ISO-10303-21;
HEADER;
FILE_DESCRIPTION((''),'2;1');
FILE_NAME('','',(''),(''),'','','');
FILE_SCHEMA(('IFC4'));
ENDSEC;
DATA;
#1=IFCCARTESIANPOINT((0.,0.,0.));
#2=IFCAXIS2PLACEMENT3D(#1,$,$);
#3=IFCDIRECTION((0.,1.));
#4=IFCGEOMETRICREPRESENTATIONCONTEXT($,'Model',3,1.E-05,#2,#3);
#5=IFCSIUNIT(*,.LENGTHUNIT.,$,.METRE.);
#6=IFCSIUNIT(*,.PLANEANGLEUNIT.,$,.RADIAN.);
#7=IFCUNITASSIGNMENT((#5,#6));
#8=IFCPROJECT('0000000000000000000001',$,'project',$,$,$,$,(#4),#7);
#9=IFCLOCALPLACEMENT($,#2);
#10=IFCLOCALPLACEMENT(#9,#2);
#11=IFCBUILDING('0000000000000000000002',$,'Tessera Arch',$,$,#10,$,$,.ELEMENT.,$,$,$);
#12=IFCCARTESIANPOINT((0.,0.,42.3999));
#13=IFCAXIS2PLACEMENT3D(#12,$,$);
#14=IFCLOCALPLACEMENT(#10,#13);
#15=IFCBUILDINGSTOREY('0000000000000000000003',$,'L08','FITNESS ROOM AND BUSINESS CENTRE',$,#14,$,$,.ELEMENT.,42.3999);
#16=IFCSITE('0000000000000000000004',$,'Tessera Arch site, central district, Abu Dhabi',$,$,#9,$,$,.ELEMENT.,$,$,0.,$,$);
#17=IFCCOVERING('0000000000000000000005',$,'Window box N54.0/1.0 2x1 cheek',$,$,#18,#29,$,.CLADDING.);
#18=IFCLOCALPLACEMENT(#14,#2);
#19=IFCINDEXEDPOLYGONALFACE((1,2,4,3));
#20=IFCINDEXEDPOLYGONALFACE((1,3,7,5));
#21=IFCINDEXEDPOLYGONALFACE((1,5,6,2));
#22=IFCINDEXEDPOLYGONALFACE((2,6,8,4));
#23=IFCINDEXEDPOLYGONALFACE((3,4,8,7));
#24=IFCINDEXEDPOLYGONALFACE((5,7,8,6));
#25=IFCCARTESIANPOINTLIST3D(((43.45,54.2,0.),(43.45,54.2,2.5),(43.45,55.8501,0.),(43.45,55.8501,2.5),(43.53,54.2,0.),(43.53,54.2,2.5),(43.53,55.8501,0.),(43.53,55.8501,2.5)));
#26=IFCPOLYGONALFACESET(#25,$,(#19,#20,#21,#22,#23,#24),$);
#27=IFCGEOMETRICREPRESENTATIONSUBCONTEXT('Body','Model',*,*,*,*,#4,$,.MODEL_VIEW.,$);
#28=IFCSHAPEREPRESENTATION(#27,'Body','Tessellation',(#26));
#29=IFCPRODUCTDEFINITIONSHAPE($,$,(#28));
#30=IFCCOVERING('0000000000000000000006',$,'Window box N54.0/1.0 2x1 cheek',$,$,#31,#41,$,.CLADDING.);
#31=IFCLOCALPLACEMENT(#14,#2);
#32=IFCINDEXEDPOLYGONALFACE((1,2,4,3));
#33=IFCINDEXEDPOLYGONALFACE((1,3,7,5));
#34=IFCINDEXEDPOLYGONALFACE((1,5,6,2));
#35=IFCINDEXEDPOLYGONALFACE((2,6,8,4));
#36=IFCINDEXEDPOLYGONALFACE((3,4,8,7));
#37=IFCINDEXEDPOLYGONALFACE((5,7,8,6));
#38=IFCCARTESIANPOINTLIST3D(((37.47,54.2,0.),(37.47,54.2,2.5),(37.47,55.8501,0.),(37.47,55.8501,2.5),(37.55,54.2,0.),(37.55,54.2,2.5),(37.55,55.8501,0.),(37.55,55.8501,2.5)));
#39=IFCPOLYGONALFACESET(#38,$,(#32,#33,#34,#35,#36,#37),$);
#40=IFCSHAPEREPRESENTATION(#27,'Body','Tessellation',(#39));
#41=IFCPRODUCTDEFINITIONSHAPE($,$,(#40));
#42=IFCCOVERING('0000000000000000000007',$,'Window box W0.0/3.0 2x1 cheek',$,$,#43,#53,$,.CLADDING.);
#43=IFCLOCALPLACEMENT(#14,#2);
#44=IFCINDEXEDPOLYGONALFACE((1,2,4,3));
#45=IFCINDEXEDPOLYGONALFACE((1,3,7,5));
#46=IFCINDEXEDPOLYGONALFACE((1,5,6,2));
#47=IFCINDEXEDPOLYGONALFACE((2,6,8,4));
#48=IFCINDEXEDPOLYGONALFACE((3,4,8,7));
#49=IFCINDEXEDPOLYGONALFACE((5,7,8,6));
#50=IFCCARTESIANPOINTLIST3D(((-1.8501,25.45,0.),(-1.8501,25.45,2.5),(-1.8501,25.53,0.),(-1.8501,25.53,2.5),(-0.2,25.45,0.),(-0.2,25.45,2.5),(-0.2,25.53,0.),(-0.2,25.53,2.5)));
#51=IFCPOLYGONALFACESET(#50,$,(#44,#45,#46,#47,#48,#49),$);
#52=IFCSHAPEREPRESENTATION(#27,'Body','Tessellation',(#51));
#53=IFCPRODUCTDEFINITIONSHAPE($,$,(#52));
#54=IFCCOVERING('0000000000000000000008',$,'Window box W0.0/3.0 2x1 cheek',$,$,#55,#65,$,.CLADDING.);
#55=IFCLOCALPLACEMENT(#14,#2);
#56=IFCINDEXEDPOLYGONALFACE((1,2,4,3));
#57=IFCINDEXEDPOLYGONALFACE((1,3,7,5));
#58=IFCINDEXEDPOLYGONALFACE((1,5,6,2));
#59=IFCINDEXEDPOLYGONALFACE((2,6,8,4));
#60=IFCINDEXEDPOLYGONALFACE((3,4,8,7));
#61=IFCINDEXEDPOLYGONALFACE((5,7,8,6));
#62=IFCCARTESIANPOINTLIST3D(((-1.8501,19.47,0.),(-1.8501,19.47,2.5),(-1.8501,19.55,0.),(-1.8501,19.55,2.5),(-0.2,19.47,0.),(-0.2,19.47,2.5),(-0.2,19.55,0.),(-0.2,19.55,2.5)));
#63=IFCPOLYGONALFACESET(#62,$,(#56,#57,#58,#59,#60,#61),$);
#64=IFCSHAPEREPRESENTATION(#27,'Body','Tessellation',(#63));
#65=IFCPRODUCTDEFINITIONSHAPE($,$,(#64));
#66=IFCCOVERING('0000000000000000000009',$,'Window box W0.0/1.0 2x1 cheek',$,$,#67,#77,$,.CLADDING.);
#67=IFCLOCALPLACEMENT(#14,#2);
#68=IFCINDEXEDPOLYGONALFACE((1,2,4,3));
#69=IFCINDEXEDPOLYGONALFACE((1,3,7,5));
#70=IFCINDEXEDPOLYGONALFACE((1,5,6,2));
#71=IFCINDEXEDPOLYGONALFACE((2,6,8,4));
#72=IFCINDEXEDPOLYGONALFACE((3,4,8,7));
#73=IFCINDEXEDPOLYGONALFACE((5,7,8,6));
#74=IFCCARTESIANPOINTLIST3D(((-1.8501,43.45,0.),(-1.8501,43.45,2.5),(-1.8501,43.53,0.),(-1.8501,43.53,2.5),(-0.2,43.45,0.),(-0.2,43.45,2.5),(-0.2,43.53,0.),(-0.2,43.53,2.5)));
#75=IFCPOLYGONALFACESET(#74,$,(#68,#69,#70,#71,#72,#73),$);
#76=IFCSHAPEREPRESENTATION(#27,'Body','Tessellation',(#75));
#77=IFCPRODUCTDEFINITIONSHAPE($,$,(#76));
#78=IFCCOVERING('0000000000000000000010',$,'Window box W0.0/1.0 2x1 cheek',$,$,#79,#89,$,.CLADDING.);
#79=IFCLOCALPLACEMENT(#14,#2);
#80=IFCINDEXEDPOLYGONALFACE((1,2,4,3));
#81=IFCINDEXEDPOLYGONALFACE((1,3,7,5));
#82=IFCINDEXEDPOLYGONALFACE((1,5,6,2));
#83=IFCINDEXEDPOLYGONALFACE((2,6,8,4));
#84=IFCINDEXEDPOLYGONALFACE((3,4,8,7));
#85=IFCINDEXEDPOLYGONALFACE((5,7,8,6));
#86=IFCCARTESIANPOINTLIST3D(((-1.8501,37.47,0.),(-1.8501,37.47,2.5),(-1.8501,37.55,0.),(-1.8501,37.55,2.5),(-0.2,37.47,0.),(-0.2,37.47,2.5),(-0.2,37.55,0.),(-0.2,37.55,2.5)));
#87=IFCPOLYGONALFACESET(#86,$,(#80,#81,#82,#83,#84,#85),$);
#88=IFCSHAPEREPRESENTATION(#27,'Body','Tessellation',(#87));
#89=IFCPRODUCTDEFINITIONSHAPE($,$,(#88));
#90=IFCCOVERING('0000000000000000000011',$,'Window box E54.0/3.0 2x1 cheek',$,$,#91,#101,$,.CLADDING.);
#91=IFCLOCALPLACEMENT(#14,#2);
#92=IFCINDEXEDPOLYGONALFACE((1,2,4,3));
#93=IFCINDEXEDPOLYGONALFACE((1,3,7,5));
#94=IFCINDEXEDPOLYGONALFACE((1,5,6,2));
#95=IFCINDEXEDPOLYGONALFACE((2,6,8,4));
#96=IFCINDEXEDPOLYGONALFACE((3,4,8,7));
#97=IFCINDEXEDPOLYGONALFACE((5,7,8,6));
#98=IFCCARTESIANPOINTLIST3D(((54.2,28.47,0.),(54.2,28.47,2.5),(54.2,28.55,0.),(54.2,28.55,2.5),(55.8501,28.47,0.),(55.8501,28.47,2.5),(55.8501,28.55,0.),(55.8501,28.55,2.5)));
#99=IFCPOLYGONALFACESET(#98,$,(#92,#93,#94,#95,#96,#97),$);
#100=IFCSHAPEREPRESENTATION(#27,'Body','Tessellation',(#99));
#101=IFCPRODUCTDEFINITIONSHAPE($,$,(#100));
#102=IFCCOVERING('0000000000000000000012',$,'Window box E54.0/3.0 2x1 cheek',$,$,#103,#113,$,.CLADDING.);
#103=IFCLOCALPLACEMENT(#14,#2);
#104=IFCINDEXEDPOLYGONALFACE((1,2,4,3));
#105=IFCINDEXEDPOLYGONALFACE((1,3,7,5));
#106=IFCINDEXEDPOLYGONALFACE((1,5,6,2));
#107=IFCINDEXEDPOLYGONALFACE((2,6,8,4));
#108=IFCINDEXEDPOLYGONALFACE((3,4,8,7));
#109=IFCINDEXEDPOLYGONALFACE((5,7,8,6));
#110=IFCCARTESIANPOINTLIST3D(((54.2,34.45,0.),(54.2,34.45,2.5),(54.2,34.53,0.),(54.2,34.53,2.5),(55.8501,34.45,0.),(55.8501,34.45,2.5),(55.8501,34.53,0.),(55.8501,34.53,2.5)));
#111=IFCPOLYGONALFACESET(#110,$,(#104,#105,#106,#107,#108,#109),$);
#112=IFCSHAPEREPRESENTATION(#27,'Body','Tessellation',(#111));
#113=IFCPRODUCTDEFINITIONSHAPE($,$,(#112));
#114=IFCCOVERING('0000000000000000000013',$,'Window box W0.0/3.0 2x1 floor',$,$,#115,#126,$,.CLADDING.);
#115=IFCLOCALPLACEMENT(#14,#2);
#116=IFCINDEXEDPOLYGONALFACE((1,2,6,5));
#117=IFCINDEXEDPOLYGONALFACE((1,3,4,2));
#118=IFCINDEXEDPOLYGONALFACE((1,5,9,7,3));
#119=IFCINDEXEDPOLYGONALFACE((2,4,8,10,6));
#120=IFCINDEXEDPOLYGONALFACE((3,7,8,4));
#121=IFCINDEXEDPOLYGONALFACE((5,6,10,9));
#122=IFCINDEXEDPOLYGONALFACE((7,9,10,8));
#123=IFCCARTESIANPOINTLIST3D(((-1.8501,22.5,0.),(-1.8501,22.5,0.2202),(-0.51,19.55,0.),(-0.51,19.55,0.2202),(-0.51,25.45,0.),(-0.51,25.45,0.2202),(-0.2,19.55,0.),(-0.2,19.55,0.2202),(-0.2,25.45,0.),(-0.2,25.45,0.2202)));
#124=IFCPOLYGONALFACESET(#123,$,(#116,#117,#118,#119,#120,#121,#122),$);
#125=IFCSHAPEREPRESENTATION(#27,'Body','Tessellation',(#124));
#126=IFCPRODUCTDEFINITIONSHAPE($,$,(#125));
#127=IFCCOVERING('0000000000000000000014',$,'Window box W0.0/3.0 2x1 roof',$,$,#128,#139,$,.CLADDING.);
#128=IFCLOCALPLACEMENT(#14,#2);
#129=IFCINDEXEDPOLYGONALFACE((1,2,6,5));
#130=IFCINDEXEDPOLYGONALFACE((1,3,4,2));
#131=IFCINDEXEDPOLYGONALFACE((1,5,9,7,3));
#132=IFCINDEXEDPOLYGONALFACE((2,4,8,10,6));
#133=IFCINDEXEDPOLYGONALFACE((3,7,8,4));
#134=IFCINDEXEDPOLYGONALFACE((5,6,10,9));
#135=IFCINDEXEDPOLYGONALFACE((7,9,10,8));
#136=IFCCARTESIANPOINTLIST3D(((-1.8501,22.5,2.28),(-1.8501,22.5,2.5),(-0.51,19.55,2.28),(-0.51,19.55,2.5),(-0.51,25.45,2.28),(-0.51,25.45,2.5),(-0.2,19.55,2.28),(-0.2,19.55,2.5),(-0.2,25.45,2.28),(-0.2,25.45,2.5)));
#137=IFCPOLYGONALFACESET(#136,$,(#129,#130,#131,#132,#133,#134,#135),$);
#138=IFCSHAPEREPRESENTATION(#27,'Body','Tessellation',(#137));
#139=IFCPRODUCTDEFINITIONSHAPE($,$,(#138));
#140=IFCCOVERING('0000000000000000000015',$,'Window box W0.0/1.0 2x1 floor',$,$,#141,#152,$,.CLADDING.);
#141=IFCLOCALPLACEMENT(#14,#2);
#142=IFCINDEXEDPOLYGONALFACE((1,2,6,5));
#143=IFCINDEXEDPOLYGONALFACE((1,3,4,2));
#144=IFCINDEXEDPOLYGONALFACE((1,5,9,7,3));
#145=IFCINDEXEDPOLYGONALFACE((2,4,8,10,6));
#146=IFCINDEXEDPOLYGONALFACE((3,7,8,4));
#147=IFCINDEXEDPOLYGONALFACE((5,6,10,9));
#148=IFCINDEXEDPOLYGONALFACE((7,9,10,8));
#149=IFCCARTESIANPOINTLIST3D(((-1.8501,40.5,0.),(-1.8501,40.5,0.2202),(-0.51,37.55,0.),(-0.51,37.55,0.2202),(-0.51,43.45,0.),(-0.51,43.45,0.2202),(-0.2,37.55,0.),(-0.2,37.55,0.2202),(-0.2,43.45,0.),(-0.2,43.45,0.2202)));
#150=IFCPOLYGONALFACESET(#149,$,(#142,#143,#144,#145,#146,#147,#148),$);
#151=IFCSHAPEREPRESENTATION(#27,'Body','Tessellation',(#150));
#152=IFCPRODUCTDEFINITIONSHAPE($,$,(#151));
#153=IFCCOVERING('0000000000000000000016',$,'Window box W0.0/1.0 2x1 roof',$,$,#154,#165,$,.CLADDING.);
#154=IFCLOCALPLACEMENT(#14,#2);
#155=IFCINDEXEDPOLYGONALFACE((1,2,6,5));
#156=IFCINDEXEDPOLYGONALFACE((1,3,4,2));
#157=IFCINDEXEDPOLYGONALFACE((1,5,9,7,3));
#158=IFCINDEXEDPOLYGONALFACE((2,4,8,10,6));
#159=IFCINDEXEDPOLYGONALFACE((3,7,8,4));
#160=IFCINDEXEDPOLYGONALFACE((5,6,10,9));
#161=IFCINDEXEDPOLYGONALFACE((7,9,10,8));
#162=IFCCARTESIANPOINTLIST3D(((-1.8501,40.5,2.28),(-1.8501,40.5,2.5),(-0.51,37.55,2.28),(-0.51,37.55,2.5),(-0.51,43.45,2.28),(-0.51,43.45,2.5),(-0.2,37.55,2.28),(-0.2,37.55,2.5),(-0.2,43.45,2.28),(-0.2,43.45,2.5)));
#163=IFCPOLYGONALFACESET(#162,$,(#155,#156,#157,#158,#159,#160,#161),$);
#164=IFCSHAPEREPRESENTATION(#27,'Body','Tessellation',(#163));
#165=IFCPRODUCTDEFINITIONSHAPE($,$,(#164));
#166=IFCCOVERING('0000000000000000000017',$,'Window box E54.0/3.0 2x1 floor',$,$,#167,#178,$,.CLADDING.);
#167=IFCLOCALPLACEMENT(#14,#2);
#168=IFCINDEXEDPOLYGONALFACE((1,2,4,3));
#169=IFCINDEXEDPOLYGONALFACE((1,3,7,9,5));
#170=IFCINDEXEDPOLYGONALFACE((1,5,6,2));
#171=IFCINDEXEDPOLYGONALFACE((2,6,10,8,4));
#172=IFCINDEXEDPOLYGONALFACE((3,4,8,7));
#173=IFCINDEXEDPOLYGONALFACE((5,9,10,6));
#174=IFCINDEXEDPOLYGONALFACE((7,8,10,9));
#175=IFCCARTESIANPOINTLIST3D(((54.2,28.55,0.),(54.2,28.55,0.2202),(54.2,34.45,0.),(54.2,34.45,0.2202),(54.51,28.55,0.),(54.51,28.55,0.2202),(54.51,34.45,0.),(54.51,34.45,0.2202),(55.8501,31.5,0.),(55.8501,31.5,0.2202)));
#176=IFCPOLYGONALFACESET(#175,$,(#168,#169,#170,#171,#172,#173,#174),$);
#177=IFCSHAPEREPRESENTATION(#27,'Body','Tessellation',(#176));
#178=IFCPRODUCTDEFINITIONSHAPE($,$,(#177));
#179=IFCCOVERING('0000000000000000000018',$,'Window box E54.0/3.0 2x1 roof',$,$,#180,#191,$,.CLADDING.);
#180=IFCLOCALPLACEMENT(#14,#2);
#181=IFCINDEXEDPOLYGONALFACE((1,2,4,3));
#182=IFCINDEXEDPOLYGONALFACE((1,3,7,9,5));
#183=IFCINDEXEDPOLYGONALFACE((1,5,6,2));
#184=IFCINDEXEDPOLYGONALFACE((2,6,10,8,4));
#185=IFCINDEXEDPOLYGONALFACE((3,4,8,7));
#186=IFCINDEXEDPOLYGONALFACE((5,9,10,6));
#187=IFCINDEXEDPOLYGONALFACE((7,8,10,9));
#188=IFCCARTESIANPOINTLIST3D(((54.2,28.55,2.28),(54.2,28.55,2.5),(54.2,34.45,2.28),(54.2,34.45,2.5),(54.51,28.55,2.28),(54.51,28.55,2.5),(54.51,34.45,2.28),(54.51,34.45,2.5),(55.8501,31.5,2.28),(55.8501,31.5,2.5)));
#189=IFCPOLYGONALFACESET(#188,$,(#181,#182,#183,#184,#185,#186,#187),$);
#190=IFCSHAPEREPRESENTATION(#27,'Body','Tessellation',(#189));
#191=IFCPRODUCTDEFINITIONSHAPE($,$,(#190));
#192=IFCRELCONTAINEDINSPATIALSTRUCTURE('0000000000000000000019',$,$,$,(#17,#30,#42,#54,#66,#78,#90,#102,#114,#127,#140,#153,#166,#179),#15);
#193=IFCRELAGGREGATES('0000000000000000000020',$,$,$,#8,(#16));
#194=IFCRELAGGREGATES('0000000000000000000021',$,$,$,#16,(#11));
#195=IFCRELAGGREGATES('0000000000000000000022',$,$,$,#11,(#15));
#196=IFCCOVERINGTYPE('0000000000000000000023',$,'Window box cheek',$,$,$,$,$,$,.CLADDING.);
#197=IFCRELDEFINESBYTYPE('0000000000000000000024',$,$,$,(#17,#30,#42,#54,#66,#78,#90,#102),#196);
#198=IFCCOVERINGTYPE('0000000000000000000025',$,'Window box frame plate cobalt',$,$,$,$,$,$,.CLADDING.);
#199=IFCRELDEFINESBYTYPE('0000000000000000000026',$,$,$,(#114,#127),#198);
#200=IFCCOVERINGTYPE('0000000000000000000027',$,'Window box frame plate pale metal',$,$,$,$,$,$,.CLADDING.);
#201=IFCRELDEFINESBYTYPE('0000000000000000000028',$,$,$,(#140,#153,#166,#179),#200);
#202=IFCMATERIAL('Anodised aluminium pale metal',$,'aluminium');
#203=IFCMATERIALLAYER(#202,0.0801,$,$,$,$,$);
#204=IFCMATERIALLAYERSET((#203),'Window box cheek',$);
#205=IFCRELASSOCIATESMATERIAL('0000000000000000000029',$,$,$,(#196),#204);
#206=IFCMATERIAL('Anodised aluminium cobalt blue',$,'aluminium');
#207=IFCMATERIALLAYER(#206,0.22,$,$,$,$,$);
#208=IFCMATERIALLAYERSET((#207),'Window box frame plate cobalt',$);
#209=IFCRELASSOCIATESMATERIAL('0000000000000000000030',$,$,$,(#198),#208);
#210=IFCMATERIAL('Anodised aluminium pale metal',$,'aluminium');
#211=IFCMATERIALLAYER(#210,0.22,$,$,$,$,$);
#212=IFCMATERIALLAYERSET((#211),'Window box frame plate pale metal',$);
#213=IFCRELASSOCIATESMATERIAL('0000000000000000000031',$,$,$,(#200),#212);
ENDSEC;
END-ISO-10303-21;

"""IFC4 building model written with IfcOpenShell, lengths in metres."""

from ifc_helpers import new_model, si_unit, direction, frame, origin, place, context, subcontext, project, spatial, polyline, outline, extrude, material, layer, layer_set, type_object, element, save


model = new_model("IFC4")

# Units and contexts
model_context = context("Model", 3, precision=1e-05, world=origin(), true_north=direction((0.0, 1.0)))
body_context = subcontext(model_context, "Body", "Model", "MODEL_VIEW")
ifc_project = project(units=[si_unit("LENGTHUNIT", "METRE"), si_unit("PLANEANGLEUNIT", "RADIAN")], contexts=[model_context])

# Site, building, storey
site_placement = place(None, origin())
site = spatial("IfcSite", under=ifc_project, at=site_placement, Name="Tessera Arch site, central district, Abu Dhabi", CompositionType="ELEMENT", RefElevation=0.0)
building_placement = place(site_placement, origin())
building = spatial("IfcBuilding", under=site, at=building_placement, Name="Tessera Arch", CompositionType="ELEMENT")
storey_placement = place(building_placement, frame((0.0, 0.0, 42.3999)))
storey = spatial("IfcBuildingStorey", under=building, at=storey_placement, Name="L08", Description="FITNESS ROOM AND BUSINESS CENTRE", CompositionType="ELEMENT", Elevation=42.3999)

# Coverings
ifc_material_1 = material(Name="Anodised aluminium pale metal", Category="aluminium")
ifc_layer_1 = layer(ifc_material_1, 0.0801)
ifc_layer_set_1 = layer_set([ifc_layer_1], Name="Window box cheek")
covering_type_1 = type_object("IfcCoveringType", Name="Window box cheek", PredefinedType="CLADDING", material=ifc_layer_set_1)
covering_1_placement = place(storey_placement, origin())
element("IfcCovering", 1, at=covering_1_placement, inside=storey, type_object=covering_type_1, Name="Window box N54.0/1.0 2x1 cheek", PredefinedType="CLADDING", context=body_context, shape_type="SweptSolid", body=[
    extrude(outline(polyline([(43.53, 55.8501), (43.45, 55.8501), (43.45, 54.2), (43.53, 54.2), (43.53, 55.8501)])), origin(), (0.0, 0.0, 1.0), 2.5),
])
covering_2_placement = place(storey_placement, origin())
element("IfcCovering", 2, at=covering_2_placement, inside=storey, type_object=covering_type_1, Name="Window box N54.0/1.0 2x1 cheek", PredefinedType="CLADDING", context=body_context, shape_type="SweptSolid", body=[
    extrude(outline(polyline([(37.55, 55.8501), (37.47, 55.8501), (37.47, 54.2), (37.55, 54.2), (37.55, 55.8501)])), origin(), (0.0, 0.0, 1.0), 2.5),
])
covering_3_placement = place(storey_placement, origin())
element("IfcCovering", 3, at=covering_3_placement, inside=storey, type_object=covering_type_1, Name="Window box W0.0/3.0 2x1 cheek", PredefinedType="CLADDING", context=body_context, shape_type="SweptSolid", body=[
    extrude(outline(polyline([(-1.8501, 25.53), (-1.8501, 25.45), (-0.2, 25.45), (-0.2, 25.53), (-1.8501, 25.53)])), origin(), (0.0, 0.0, 1.0), 2.5),
])
covering_4_placement = place(storey_placement, origin())
element("IfcCovering", 4, at=covering_4_placement, inside=storey, type_object=covering_type_1, Name="Window box W0.0/3.0 2x1 cheek", PredefinedType="CLADDING", context=body_context, shape_type="SweptSolid", body=[
    extrude(outline(polyline([(-1.8501, 19.55), (-1.8501, 19.47), (-0.2, 19.47), (-0.2, 19.55), (-1.8501, 19.55)])), origin(), (0.0, 0.0, 1.0), 2.5),
])
covering_5_placement = place(storey_placement, origin())
element("IfcCovering", 5, at=covering_5_placement, inside=storey, type_object=covering_type_1, Name="Window box W0.0/1.0 2x1 cheek", PredefinedType="CLADDING", context=body_context, shape_type="SweptSolid", body=[
    extrude(outline(polyline([(-1.8501, 43.53), (-1.8501, 43.45), (-0.2, 43.45), (-0.2, 43.53), (-1.8501, 43.53)])), origin(), (0.0, 0.0, 1.0), 2.5),
])
covering_6_placement = place(storey_placement, origin())
element("IfcCovering", 6, at=covering_6_placement, inside=storey, type_object=covering_type_1, Name="Window box W0.0/1.0 2x1 cheek", PredefinedType="CLADDING", context=body_context, shape_type="SweptSolid", body=[
    extrude(outline(polyline([(-1.8501, 37.55), (-1.8501, 37.47), (-0.2, 37.47), (-0.2, 37.55), (-1.8501, 37.55)])), origin(), (0.0, 0.0, 1.0), 2.5),
])
covering_7_placement = place(storey_placement, origin())
element("IfcCovering", 7, at=covering_7_placement, inside=storey, type_object=covering_type_1, Name="Window box E54.0/3.0 2x1 cheek", PredefinedType="CLADDING", context=body_context, shape_type="SweptSolid", body=[
    extrude(outline(polyline([(55.8501, 28.47), (55.8501, 28.55), (54.2, 28.55), (54.2, 28.47), (55.8501, 28.47)])), origin(), (0.0, 0.0, 1.0), 2.5),
])
covering_8_placement = place(storey_placement, origin())
element("IfcCovering", 8, at=covering_8_placement, inside=storey, type_object=covering_type_1, Name="Window box E54.0/3.0 2x1 cheek", PredefinedType="CLADDING", context=body_context, shape_type="SweptSolid", body=[
    extrude(outline(polyline([(55.8501, 34.45), (55.8501, 34.53), (54.2, 34.53), (54.2, 34.45), (55.8501, 34.45)])), origin(), (0.0, 0.0, 1.0), 2.5),
])
ifc_material_2 = material(Name="Anodised aluminium cobalt blue", Category="aluminium")
ifc_layer_2 = layer(ifc_material_2, 0.22)
ifc_layer_set_2 = layer_set([ifc_layer_2], Name="Window box frame plate cobalt")
covering_type_2 = type_object("IfcCoveringType", Name="Window box frame plate cobalt", PredefinedType="CLADDING", material=ifc_layer_set_2)
covering_9_placement = place(storey_placement, origin())
element("IfcCovering", 9, at=covering_9_placement, inside=storey, type_object=covering_type_2, Name="Window box W0.0/3.0 2x1 floor", PredefinedType="CLADDING", context=body_context, shape_type="SweptSolid", body=[
    extrude(outline(polyline([(-0.51, 25.45), (-1.8501, 22.5), (-0.51, 19.55), (-0.2, 19.55), (-0.2, 25.45), (-0.51, 25.45)])), origin(), (0.0, 0.0, 1.0), 0.2202),
])
covering_10_placement = place(storey_placement, frame((0.0, 0.0, 2.28)))
element("IfcCovering", 10, at=covering_10_placement, inside=storey, type_object=covering_type_2, Name="Window box W0.0/3.0 2x1 roof", PredefinedType="CLADDING", context=body_context, shape_type="SweptSolid", body=[
    extrude(outline(polyline([(-0.51, 25.45), (-1.8501, 22.5), (-0.51, 19.55), (-0.2, 19.55), (-0.2, 25.45), (-0.51, 25.45)])), origin(), (0.0, 0.0, 1.0), 0.22),
])
ifc_material_3 = material(Name="Anodised aluminium pale metal", Category="aluminium")
ifc_layer_3 = layer(ifc_material_3, 0.22)
ifc_layer_set_3 = layer_set([ifc_layer_3], Name="Window box frame plate pale metal")
covering_type_3 = type_object("IfcCoveringType", Name="Window box frame plate pale metal", PredefinedType="CLADDING", material=ifc_layer_set_3)
covering_11_placement = place(storey_placement, origin())
element("IfcCovering", 11, at=covering_11_placement, inside=storey, type_object=covering_type_3, Name="Window box W0.0/1.0 2x1 floor", PredefinedType="CLADDING", context=body_context, shape_type="SweptSolid", body=[
    extrude(outline(polyline([(-0.51, 43.45), (-1.8501, 40.5), (-0.51, 37.55), (-0.2, 37.55), (-0.2, 43.45), (-0.51, 43.45)])), origin(), (0.0, 0.0, 1.0), 0.2202),
])
covering_12_placement = place(storey_placement, frame((0.0, 0.0, 2.28)))
element("IfcCovering", 12, at=covering_12_placement, inside=storey, type_object=covering_type_3, Name="Window box W0.0/1.0 2x1 roof", PredefinedType="CLADDING", context=body_context, shape_type="SweptSolid", body=[
    extrude(outline(polyline([(-0.51, 43.45), (-1.8501, 40.5), (-0.51, 37.55), (-0.2, 37.55), (-0.2, 43.45), (-0.51, 43.45)])), origin(), (0.0, 0.0, 1.0), 0.22),
])
covering_13_placement = place(storey_placement, origin())
element("IfcCovering", 13, at=covering_13_placement, inside=storey, type_object=covering_type_3, Name="Window box E54.0/3.0 2x1 floor", PredefinedType="CLADDING", context=body_context, shape_type="SweptSolid", body=[
    extrude(outline(polyline([(54.51, 28.55), (55.8501, 31.5), (54.51, 34.45), (54.2, 34.45), (54.2, 28.55), (54.51, 28.55)])), origin(), (0.0, 0.0, 1.0), 0.2202),
])
covering_14_placement = place(storey_placement, frame((0.0, 0.0, 2.28)))
element("IfcCovering", 14, at=covering_14_placement, inside=storey, type_object=covering_type_3, Name="Window box E54.0/3.0 2x1 roof", PredefinedType="CLADDING", context=body_context, shape_type="SweptSolid", body=[
    extrude(outline(polyline([(54.51, 28.55), (55.8501, 31.5), (54.51, 34.45), (54.2, 34.45), (54.2, 28.55), (54.51, 28.55)])), origin(), (0.0, 0.0, 1.0), 0.22),
])

save(model, "model.ifc")
